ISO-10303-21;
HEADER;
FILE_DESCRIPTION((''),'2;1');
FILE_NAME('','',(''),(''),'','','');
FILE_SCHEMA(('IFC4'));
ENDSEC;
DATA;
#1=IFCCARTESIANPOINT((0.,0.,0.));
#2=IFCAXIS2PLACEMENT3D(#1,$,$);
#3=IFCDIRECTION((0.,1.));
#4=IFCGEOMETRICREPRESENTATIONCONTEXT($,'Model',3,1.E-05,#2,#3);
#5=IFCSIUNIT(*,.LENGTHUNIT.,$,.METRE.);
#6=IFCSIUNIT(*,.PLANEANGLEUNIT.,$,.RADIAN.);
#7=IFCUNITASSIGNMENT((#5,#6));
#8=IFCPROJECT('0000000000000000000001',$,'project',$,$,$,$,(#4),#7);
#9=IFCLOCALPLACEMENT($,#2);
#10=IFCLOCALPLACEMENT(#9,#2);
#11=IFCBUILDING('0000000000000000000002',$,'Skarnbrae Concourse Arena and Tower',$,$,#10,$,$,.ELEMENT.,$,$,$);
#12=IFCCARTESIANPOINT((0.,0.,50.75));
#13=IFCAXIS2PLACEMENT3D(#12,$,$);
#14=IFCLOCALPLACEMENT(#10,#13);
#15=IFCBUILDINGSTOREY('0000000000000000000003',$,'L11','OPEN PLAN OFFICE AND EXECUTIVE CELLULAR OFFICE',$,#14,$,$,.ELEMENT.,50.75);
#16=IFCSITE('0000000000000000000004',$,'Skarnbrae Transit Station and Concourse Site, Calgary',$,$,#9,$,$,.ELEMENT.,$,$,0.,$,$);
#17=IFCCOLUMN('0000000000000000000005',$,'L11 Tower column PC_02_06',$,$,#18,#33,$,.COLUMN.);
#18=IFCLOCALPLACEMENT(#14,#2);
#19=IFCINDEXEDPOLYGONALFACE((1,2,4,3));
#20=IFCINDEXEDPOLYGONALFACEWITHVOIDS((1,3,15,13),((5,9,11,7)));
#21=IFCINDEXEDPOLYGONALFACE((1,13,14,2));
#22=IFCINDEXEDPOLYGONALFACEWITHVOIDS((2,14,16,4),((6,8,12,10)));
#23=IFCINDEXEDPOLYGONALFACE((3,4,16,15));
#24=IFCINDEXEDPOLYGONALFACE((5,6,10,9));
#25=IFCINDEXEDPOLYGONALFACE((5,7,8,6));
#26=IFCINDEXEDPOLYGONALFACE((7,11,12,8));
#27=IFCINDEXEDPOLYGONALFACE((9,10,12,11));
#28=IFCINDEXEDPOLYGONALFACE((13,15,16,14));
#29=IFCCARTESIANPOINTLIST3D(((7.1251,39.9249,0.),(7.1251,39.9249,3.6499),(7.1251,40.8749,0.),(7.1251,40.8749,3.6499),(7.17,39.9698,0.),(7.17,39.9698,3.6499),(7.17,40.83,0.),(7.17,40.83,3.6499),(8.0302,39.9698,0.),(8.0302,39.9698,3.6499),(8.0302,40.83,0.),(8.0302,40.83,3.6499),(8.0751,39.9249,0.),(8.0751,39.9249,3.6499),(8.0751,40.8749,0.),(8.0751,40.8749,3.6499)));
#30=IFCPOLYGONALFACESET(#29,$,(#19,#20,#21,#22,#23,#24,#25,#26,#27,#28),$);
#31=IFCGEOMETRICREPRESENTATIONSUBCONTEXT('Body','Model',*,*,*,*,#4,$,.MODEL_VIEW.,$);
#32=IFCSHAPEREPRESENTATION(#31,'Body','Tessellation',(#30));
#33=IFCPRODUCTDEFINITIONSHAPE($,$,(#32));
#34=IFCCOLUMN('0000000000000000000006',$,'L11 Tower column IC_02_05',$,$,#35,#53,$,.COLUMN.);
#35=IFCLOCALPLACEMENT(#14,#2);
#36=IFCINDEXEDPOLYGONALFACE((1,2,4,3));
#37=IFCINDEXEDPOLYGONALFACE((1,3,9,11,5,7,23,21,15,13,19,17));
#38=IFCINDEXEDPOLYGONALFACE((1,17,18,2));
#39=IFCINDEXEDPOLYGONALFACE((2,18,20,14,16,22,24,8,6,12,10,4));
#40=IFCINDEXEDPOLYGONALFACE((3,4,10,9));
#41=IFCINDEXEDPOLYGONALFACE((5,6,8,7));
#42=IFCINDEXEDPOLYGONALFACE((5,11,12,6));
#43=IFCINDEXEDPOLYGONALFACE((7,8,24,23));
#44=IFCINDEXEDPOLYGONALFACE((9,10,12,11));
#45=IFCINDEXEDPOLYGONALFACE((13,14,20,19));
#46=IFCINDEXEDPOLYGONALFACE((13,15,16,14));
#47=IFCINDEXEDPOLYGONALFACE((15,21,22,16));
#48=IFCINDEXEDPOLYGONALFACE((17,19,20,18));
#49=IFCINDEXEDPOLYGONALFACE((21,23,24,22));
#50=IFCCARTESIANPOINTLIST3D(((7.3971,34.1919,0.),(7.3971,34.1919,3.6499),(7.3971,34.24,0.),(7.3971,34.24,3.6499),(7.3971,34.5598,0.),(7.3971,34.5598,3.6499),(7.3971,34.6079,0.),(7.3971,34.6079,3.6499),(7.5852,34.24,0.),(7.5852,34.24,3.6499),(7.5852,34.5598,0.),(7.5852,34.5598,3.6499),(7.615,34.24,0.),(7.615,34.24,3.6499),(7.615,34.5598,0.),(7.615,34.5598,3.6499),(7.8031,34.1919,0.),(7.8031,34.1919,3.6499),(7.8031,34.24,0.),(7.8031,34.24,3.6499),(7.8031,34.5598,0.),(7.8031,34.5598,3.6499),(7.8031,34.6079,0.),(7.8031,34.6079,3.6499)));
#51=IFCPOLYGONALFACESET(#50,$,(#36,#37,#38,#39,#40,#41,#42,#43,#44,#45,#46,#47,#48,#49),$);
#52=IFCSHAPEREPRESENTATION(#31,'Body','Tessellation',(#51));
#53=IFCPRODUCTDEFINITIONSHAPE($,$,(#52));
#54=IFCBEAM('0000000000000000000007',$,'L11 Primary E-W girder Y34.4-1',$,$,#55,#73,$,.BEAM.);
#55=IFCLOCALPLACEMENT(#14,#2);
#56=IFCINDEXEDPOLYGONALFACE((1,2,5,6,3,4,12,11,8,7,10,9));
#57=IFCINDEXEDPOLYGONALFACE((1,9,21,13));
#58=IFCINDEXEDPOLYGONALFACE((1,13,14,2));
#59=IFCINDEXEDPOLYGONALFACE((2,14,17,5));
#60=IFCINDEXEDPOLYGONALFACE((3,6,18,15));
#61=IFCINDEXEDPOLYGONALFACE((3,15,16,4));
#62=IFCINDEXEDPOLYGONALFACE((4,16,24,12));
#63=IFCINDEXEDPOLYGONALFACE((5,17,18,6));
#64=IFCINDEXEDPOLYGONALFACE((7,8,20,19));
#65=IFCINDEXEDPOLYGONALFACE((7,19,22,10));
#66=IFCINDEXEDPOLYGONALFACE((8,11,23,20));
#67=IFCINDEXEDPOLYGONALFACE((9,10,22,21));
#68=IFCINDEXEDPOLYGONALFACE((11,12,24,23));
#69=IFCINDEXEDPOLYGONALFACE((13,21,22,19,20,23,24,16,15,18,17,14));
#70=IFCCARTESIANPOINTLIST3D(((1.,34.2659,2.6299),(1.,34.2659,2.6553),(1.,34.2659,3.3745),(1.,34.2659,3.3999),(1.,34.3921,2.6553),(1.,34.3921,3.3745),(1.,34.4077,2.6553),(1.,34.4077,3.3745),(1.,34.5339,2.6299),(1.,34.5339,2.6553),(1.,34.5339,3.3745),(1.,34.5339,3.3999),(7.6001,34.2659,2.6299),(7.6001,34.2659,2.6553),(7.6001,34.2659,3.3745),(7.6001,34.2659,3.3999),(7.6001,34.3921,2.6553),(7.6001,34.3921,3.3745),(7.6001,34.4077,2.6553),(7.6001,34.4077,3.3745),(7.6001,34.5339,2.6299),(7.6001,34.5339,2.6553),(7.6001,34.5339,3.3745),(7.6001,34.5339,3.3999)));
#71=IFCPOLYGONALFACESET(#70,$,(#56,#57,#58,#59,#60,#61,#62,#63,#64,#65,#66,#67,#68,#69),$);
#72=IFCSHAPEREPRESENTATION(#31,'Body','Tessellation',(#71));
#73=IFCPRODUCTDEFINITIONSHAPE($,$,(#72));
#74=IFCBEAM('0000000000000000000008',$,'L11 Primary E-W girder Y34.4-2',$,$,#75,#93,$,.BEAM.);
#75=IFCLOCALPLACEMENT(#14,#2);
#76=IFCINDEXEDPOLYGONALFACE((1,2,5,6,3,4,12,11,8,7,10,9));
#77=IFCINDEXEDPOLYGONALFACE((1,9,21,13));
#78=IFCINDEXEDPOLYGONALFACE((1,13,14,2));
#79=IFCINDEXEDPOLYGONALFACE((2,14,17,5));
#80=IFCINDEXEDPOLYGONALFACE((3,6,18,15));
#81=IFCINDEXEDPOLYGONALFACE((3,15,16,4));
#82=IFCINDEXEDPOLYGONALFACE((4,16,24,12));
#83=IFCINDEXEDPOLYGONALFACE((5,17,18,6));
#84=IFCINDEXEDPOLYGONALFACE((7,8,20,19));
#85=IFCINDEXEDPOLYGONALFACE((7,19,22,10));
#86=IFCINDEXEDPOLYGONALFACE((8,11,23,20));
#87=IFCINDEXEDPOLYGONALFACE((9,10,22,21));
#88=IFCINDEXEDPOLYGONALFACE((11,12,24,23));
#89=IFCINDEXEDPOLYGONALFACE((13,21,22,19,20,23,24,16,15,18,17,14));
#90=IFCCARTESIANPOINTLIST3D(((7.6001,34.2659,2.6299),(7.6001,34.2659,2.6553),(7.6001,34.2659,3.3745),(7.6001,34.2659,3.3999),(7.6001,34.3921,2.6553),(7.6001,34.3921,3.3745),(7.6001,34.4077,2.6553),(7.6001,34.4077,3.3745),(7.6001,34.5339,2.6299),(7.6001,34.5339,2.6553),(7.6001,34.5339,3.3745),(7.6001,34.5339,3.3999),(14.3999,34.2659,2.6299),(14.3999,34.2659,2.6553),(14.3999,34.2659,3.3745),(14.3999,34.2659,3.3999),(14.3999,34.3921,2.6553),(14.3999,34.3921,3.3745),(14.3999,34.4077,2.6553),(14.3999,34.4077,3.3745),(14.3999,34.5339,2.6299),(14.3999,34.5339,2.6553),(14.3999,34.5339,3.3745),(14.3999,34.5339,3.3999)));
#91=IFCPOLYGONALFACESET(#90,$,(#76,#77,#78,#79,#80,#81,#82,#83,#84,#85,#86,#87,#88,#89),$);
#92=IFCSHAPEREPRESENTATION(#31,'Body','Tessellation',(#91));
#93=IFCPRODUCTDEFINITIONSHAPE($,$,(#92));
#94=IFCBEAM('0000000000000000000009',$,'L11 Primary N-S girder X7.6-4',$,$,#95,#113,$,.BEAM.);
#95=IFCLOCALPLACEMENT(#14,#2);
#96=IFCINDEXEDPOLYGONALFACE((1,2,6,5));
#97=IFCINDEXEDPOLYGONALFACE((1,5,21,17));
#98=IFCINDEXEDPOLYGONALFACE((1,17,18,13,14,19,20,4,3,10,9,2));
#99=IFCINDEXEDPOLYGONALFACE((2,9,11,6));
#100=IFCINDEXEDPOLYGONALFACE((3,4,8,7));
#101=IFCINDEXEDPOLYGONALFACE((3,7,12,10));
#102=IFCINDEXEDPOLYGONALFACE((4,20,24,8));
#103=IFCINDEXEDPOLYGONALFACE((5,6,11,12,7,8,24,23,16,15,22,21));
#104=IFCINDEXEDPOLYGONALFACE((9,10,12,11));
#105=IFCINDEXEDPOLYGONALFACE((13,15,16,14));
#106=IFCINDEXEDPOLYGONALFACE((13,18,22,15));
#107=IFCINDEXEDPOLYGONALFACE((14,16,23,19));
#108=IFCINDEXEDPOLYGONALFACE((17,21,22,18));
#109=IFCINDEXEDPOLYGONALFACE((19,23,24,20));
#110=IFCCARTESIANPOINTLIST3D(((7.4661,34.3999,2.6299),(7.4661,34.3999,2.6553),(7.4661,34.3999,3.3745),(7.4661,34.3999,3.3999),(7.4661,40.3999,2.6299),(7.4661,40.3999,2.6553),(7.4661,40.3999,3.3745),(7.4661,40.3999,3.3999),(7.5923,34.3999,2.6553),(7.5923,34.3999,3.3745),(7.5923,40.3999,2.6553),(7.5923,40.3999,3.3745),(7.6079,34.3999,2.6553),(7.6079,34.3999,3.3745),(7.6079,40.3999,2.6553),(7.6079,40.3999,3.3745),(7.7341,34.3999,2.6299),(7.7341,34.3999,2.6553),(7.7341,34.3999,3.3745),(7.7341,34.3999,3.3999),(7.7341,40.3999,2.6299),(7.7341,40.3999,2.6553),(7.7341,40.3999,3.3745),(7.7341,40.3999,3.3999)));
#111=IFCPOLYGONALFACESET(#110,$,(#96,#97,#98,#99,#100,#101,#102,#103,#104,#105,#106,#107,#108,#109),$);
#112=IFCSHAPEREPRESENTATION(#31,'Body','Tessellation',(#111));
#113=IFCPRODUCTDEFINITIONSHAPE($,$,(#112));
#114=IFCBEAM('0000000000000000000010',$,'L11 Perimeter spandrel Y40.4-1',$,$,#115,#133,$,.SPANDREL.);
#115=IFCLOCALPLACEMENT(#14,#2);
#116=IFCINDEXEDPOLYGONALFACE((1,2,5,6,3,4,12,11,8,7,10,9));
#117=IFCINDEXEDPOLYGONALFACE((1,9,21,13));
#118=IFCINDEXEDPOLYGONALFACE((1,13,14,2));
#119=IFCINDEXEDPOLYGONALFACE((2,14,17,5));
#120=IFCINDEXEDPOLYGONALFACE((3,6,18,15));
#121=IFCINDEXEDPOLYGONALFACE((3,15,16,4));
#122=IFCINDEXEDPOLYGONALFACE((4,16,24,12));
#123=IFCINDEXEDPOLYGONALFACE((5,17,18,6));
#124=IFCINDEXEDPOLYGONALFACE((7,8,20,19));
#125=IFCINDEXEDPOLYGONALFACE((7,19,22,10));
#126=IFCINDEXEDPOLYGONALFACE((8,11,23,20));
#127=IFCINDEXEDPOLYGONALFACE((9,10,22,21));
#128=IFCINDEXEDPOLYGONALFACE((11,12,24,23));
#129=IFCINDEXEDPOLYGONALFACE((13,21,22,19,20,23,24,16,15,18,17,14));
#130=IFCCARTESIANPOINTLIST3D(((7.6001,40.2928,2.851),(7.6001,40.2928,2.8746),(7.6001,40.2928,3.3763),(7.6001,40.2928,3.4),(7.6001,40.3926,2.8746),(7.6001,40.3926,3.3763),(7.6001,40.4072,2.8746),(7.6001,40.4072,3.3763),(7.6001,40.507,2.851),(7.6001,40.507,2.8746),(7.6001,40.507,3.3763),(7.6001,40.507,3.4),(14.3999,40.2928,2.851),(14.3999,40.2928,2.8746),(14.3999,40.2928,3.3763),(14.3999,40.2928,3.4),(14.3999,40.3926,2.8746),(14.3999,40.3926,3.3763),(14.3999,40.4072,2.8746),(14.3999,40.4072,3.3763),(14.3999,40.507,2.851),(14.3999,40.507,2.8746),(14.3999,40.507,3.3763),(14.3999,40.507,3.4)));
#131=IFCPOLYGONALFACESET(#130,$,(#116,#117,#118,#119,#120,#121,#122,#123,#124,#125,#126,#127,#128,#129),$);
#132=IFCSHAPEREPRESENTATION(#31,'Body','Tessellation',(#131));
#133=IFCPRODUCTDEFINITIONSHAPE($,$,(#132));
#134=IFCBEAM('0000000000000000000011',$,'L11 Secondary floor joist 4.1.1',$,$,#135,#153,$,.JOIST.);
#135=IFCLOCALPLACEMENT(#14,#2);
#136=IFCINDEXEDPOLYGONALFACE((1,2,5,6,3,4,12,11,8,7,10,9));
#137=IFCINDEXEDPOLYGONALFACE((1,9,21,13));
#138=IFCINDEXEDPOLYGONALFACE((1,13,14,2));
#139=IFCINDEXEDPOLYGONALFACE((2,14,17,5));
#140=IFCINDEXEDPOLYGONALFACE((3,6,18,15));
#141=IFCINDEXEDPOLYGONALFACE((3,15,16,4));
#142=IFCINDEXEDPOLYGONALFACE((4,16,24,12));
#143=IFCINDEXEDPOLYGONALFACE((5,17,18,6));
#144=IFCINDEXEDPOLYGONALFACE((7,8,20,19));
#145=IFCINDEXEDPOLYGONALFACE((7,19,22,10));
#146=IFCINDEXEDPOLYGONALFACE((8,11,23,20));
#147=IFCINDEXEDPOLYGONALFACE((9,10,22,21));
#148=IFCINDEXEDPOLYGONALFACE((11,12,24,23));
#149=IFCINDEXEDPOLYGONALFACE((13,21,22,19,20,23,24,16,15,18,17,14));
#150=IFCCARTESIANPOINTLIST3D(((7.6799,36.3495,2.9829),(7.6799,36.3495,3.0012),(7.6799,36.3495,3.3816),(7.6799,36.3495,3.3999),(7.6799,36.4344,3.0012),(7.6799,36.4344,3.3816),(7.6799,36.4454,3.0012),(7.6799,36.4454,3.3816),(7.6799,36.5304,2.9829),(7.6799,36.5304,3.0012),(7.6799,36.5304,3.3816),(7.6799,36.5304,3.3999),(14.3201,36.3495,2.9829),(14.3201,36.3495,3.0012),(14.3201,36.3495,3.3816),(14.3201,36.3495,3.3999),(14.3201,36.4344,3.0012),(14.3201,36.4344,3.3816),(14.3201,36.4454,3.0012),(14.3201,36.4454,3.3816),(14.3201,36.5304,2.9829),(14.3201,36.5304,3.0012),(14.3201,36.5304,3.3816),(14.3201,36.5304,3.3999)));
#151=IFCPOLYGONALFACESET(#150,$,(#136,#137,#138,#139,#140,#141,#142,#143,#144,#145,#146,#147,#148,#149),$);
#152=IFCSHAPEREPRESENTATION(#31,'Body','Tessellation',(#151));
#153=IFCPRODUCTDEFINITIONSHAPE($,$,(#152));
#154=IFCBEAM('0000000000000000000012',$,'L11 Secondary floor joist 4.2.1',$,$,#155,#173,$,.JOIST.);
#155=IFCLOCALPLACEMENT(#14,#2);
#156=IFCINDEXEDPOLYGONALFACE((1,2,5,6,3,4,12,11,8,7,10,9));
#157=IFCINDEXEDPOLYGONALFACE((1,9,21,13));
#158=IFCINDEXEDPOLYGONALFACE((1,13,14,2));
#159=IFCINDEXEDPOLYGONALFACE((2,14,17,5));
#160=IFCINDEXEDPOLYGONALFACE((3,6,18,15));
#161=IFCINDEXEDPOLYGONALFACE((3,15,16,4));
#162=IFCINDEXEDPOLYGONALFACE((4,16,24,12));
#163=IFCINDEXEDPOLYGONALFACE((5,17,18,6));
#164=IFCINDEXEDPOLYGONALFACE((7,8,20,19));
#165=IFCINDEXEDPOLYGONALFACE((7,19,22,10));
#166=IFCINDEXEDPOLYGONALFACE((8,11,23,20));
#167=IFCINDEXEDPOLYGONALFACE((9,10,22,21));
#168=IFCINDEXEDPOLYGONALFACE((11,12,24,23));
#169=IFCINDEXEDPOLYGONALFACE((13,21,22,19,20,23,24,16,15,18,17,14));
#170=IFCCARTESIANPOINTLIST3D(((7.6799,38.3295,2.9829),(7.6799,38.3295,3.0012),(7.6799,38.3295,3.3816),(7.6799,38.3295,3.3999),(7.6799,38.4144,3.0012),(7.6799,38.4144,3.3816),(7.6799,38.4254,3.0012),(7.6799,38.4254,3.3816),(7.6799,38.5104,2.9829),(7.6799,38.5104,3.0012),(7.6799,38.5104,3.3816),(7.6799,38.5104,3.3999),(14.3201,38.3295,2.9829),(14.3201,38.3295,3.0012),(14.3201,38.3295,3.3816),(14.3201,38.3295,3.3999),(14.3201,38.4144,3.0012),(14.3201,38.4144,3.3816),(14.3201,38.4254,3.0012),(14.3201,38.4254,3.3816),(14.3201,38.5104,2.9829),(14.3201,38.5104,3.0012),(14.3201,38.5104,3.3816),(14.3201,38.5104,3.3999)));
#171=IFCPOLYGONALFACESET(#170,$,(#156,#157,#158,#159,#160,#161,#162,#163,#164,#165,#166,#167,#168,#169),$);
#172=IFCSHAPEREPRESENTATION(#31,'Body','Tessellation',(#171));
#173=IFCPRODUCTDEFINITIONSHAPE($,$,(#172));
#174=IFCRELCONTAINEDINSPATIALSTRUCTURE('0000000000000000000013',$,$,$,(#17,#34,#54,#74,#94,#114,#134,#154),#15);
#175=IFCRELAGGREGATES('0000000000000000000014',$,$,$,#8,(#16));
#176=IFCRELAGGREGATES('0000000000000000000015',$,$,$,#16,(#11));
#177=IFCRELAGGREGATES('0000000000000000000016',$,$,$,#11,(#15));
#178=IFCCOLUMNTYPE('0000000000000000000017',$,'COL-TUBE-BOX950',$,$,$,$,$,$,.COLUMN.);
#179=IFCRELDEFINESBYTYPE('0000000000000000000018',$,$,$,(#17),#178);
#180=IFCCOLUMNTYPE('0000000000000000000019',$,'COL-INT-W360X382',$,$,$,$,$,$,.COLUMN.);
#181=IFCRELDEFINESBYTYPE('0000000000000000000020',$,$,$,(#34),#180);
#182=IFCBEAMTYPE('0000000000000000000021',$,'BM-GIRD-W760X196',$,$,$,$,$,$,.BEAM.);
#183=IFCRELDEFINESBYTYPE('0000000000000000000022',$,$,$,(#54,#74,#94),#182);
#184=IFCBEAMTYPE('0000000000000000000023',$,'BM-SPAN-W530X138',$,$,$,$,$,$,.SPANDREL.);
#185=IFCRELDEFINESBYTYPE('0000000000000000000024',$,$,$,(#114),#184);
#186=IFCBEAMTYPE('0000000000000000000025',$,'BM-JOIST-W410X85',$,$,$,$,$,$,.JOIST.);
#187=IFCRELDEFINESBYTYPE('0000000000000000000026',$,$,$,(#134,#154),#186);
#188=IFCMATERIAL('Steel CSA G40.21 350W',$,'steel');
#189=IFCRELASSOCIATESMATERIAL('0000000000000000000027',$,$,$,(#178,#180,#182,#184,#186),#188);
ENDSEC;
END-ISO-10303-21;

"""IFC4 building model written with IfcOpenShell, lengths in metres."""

from ifc_helpers import new_model, si_unit, direction, frame, origin, origin_2d, place, context, subcontext, project, spatial, hollow_rectangle, i_section, extrude, source, transform, mapped, material, material_profile, profile_set, type_object, element, save


model = new_model("IFC4")

# Units and contexts
model_context = context("Model", 3, precision=1e-05, world=origin(), true_north=direction((0.0, 1.0)))
body_context = subcontext(model_context, "Body", "Model", "MODEL_VIEW")
ifc_project = project(units=[si_unit("LENGTHUNIT", "METRE"), si_unit("PLANEANGLEUNIT", "RADIAN")], contexts=[model_context])

# Site, building, storey
site_placement = place(None, origin())
site = spatial("IfcSite", under=ifc_project, at=site_placement, Name="Skarnbrae Transit Station and Concourse Site, Calgary", CompositionType="ELEMENT", RefElevation=0.0)
building_placement = place(site_placement, origin())
building = spatial("IfcBuilding", under=site, at=building_placement, Name="Skarnbrae Concourse Arena and Tower", CompositionType="ELEMENT")
storey_placement = place(building_placement, frame((0.0, 0.0, 50.75)))
storey = spatial("IfcBuildingStorey", under=building, at=storey_placement, Name="L11", Description="OPEN PLAN OFFICE AND EXECUTIVE CELLULAR OFFICE", CompositionType="ELEMENT", Elevation=50.75)

# Columns
ifc_material_1 = material(Name="Steel CSA G40.21 350W", Category="steel")
ifc_material_profile_1 = material_profile(ifc_material_1, hollow_rectangle(XDim=0.95, YDim=0.95, WallThickness=0.0449, at=origin_2d()), Name="BOX950X950X45")
ifc_profile_set_1 = profile_set([ifc_material_profile_1], Name="Steel CSA G40.21 350W")
column_type_1 = type_object("IfcColumnType", Name="COL-TUBE-BOX950", PredefinedType="COLUMN", material=ifc_profile_set_1)
shared_shape_1 = source(origin(), body_context, "Body", "SweptSolid", [
    extrude(hollow_rectangle(XDim=0.95, YDim=0.95, WallThickness=0.0449, at=origin_2d()), origin(), (0.0, 0.0, 1.0), 3.6499),
])
column_1_placement = place(storey_placement, frame((7.6001, 40.3999, 0.0), z_axis=(0.0, 0.0, 1.0), x_axis=(1.0, 0.0, 0.0)))
element("IfcColumn", 1, at=column_1_placement, inside=storey, type_object=column_type_1, Name="L11 Tower column PC_02_06", PredefinedType="COLUMN", context=body_context, shape_type="MappedRepresentation", body=[
    mapped(shared_shape_1, transform((0.0, 0.0, 0.0))),
])
ifc_material_profile_2 = material_profile(ifc_material_1, i_section(OverallWidth=0.406, OverallDepth=0.416, WebThickness=0.0298, FlangeThickness=0.0481, at=origin_2d()), Name="W360X382")
ifc_profile_set_2 = profile_set([ifc_material_profile_2], Name="Steel CSA G40.21 350W")
column_type_2 = type_object("IfcColumnType", Name="COL-INT-W360X382", PredefinedType="COLUMN", material=ifc_profile_set_2)
shared_shape_2 = source(origin(), body_context, "Body", "SweptSolid", [
    extrude(i_section(OverallWidth=0.406, OverallDepth=0.416, WebThickness=0.0298, FlangeThickness=0.0481, at=origin_2d()), origin(), (0.0, 0.0, 1.0), 3.6499),
])
column_2_placement = place(storey_placement, frame((7.6001, 34.3999, 0.0), z_axis=(0.0, 0.0, 1.0), x_axis=(1.0, 0.0, 0.0)))
element("IfcColumn", 2, at=column_2_placement, inside=storey, type_object=column_type_2, Name="L11 Tower column IC_02_05", PredefinedType="COLUMN", context=body_context, shape_type="MappedRepresentation", body=[
    mapped(shared_shape_2, transform((0.0, 0.0, 0.0))),
])

# Beams
ifc_material_profile_3 = material_profile(ifc_material_1, i_section(OverallWidth=0.2681, OverallDepth=0.77, WebThickness=0.0156, FlangeThickness=0.0254, at=origin_2d()), Name="W760X196")
ifc_profile_set_3 = profile_set([ifc_material_profile_3], Name="Steel CSA G40.21 350W")
beam_type_1 = type_object("IfcBeamType", Name="BM-GIRD-W760X196", PredefinedType="BEAM", material=ifc_profile_set_3)
shared_shape_3 = source(origin(), body_context, "Body", "SweptSolid", [
    extrude(i_section(OverallWidth=0.2681, OverallDepth=0.77, WebThickness=0.0156, FlangeThickness=0.0254, at=origin_2d()), origin(), (0.0, 0.0, 1.0), 6.6001),
])
beam_1_placement = place(storey_placement, frame((1.0, 34.3999, 3.0149), z_axis=(1.0, 0.0, 0.0), x_axis=(0.0, 1.0, 0.0)))
element("IfcBeam", 3, at=beam_1_placement, inside=storey, type_object=beam_type_1, Name="L11 Primary E-W girder Y34.4-1", PredefinedType="BEAM", context=body_context, shape_type="MappedRepresentation", body=[
    mapped(shared_shape_3, transform((0.0, 0.0, 0.0))),
])
shared_shape_4 = source(origin(), body_context, "Body", "SweptSolid", [
    extrude(i_section(OverallWidth=0.2681, OverallDepth=0.77, WebThickness=0.0156, FlangeThickness=0.0254, at=origin_2d()), origin(), (0.0, 0.0, 1.0), 6.7998),
])
beam_2_placement = place(storey_placement, frame((7.6001, 34.3999, 3.0149), z_axis=(1.0, 0.0, 0.0), x_axis=(0.0, 1.0, 0.0)))
element("IfcBeam", 4, at=beam_2_placement, inside=storey, type_object=beam_type_1, Name="L11 Primary E-W girder Y34.4-2", PredefinedType="BEAM", context=body_context, shape_type="MappedRepresentation", body=[
    mapped(shared_shape_4, transform((0.0, 0.0, 0.0))),
])
shared_shape_5 = source(origin(), body_context, "Body", "SweptSolid", [
    extrude(i_section(OverallWidth=0.2681, OverallDepth=0.77, WebThickness=0.0156, FlangeThickness=0.0254, at=origin_2d()), origin(), (0.0, 0.0, 1.0), 6.0),
])
beam_3_placement = place(storey_placement, frame((7.6001, 34.3999, 3.0149), z_axis=(0.0, 1.0, 0.0), x_axis=(-1.0, 0.0, 0.0)))
element("IfcBeam", 5, at=beam_3_placement, inside=storey, type_object=beam_type_1, Name="L11 Primary N-S girder X7.6-4", PredefinedType="BEAM", context=body_context, shape_type="MappedRepresentation", body=[
    mapped(shared_shape_5, transform((0.0, 0.0, 0.0))),
])
ifc_material_profile_4 = material_profile(ifc_material_1, i_section(OverallWidth=0.2141, OverallDepth=0.5491, WebThickness=0.0146, FlangeThickness=0.0237, at=origin_2d()), Name="W530X138")
ifc_profile_set_4 = profile_set([ifc_material_profile_4], Name="Steel CSA G40.21 350W")
beam_type_2 = type_object("IfcBeamType", Name="BM-SPAN-W530X138", PredefinedType="SPANDREL", material=ifc_profile_set_4)
shared_shape_6 = source(origin(), body_context, "Body", "SweptSolid", [
    extrude(i_section(OverallWidth=0.2141, OverallDepth=0.5491, WebThickness=0.0146, FlangeThickness=0.0237, at=origin_2d()), origin(), (0.0, 0.0, 1.0), 6.7998),
])
beam_4_placement = place(storey_placement, frame((7.6001, 40.3999, 3.1255), z_axis=(1.0, 0.0, 0.0), x_axis=(0.0, 1.0, 0.0)))
element("IfcBeam", 6, at=beam_4_placement, inside=storey, type_object=beam_type_2, Name="L11 Perimeter spandrel Y40.4-1", PredefinedType="SPANDREL", context=body_context, shape_type="MappedRepresentation", body=[
    mapped(shared_shape_6, transform((0.0, 0.0, 0.0))),
])
ifc_material_profile_5 = material_profile(ifc_material_1, i_section(OverallWidth=0.1809, OverallDepth=0.417, WebThickness=0.011, FlangeThickness=0.0183, at=origin_2d()), Name="W410X85")
ifc_profile_set_5 = profile_set([ifc_material_profile_5], Name="Steel CSA G40.21 350W")
beam_type_3 = type_object("IfcBeamType", Name="BM-JOIST-W410X85", PredefinedType="JOIST", material=ifc_profile_set_5)
shared_shape_7 = source(origin(), body_context, "Body", "SweptSolid", [
    extrude(i_section(OverallWidth=0.1809, OverallDepth=0.417, WebThickness=0.011, FlangeThickness=0.0183, at=origin_2d()), origin(), (0.0, 0.0, 1.0), 6.6401),
])
for number, where, z_axis, x_axis, name in (
    (7, (7.6799, 36.4399, 3.1914), (1.0, 0.0, 0.0), (0.0, 1.0, 0.0), "L11 Secondary floor joist 4.1.1"),
    (8, (7.6799, 38.4199, 3.1914), (1.0, 0.0, 0.0), (0.0, 1.0, 0.0), "L11 Secondary floor joist 4.2.1"),
):
    element("IfcBeam", number, at=place(storey_placement, frame(where, z_axis=z_axis, x_axis=x_axis)), inside=storey, type_object=beam_type_3, Name=name, PredefinedType="JOIST", context=body_context, shape_type="MappedRepresentation", body=[
        mapped(shared_shape_7, transform((0.0, 0.0, 0.0))),
    ])

save(model, "model.ifc")
